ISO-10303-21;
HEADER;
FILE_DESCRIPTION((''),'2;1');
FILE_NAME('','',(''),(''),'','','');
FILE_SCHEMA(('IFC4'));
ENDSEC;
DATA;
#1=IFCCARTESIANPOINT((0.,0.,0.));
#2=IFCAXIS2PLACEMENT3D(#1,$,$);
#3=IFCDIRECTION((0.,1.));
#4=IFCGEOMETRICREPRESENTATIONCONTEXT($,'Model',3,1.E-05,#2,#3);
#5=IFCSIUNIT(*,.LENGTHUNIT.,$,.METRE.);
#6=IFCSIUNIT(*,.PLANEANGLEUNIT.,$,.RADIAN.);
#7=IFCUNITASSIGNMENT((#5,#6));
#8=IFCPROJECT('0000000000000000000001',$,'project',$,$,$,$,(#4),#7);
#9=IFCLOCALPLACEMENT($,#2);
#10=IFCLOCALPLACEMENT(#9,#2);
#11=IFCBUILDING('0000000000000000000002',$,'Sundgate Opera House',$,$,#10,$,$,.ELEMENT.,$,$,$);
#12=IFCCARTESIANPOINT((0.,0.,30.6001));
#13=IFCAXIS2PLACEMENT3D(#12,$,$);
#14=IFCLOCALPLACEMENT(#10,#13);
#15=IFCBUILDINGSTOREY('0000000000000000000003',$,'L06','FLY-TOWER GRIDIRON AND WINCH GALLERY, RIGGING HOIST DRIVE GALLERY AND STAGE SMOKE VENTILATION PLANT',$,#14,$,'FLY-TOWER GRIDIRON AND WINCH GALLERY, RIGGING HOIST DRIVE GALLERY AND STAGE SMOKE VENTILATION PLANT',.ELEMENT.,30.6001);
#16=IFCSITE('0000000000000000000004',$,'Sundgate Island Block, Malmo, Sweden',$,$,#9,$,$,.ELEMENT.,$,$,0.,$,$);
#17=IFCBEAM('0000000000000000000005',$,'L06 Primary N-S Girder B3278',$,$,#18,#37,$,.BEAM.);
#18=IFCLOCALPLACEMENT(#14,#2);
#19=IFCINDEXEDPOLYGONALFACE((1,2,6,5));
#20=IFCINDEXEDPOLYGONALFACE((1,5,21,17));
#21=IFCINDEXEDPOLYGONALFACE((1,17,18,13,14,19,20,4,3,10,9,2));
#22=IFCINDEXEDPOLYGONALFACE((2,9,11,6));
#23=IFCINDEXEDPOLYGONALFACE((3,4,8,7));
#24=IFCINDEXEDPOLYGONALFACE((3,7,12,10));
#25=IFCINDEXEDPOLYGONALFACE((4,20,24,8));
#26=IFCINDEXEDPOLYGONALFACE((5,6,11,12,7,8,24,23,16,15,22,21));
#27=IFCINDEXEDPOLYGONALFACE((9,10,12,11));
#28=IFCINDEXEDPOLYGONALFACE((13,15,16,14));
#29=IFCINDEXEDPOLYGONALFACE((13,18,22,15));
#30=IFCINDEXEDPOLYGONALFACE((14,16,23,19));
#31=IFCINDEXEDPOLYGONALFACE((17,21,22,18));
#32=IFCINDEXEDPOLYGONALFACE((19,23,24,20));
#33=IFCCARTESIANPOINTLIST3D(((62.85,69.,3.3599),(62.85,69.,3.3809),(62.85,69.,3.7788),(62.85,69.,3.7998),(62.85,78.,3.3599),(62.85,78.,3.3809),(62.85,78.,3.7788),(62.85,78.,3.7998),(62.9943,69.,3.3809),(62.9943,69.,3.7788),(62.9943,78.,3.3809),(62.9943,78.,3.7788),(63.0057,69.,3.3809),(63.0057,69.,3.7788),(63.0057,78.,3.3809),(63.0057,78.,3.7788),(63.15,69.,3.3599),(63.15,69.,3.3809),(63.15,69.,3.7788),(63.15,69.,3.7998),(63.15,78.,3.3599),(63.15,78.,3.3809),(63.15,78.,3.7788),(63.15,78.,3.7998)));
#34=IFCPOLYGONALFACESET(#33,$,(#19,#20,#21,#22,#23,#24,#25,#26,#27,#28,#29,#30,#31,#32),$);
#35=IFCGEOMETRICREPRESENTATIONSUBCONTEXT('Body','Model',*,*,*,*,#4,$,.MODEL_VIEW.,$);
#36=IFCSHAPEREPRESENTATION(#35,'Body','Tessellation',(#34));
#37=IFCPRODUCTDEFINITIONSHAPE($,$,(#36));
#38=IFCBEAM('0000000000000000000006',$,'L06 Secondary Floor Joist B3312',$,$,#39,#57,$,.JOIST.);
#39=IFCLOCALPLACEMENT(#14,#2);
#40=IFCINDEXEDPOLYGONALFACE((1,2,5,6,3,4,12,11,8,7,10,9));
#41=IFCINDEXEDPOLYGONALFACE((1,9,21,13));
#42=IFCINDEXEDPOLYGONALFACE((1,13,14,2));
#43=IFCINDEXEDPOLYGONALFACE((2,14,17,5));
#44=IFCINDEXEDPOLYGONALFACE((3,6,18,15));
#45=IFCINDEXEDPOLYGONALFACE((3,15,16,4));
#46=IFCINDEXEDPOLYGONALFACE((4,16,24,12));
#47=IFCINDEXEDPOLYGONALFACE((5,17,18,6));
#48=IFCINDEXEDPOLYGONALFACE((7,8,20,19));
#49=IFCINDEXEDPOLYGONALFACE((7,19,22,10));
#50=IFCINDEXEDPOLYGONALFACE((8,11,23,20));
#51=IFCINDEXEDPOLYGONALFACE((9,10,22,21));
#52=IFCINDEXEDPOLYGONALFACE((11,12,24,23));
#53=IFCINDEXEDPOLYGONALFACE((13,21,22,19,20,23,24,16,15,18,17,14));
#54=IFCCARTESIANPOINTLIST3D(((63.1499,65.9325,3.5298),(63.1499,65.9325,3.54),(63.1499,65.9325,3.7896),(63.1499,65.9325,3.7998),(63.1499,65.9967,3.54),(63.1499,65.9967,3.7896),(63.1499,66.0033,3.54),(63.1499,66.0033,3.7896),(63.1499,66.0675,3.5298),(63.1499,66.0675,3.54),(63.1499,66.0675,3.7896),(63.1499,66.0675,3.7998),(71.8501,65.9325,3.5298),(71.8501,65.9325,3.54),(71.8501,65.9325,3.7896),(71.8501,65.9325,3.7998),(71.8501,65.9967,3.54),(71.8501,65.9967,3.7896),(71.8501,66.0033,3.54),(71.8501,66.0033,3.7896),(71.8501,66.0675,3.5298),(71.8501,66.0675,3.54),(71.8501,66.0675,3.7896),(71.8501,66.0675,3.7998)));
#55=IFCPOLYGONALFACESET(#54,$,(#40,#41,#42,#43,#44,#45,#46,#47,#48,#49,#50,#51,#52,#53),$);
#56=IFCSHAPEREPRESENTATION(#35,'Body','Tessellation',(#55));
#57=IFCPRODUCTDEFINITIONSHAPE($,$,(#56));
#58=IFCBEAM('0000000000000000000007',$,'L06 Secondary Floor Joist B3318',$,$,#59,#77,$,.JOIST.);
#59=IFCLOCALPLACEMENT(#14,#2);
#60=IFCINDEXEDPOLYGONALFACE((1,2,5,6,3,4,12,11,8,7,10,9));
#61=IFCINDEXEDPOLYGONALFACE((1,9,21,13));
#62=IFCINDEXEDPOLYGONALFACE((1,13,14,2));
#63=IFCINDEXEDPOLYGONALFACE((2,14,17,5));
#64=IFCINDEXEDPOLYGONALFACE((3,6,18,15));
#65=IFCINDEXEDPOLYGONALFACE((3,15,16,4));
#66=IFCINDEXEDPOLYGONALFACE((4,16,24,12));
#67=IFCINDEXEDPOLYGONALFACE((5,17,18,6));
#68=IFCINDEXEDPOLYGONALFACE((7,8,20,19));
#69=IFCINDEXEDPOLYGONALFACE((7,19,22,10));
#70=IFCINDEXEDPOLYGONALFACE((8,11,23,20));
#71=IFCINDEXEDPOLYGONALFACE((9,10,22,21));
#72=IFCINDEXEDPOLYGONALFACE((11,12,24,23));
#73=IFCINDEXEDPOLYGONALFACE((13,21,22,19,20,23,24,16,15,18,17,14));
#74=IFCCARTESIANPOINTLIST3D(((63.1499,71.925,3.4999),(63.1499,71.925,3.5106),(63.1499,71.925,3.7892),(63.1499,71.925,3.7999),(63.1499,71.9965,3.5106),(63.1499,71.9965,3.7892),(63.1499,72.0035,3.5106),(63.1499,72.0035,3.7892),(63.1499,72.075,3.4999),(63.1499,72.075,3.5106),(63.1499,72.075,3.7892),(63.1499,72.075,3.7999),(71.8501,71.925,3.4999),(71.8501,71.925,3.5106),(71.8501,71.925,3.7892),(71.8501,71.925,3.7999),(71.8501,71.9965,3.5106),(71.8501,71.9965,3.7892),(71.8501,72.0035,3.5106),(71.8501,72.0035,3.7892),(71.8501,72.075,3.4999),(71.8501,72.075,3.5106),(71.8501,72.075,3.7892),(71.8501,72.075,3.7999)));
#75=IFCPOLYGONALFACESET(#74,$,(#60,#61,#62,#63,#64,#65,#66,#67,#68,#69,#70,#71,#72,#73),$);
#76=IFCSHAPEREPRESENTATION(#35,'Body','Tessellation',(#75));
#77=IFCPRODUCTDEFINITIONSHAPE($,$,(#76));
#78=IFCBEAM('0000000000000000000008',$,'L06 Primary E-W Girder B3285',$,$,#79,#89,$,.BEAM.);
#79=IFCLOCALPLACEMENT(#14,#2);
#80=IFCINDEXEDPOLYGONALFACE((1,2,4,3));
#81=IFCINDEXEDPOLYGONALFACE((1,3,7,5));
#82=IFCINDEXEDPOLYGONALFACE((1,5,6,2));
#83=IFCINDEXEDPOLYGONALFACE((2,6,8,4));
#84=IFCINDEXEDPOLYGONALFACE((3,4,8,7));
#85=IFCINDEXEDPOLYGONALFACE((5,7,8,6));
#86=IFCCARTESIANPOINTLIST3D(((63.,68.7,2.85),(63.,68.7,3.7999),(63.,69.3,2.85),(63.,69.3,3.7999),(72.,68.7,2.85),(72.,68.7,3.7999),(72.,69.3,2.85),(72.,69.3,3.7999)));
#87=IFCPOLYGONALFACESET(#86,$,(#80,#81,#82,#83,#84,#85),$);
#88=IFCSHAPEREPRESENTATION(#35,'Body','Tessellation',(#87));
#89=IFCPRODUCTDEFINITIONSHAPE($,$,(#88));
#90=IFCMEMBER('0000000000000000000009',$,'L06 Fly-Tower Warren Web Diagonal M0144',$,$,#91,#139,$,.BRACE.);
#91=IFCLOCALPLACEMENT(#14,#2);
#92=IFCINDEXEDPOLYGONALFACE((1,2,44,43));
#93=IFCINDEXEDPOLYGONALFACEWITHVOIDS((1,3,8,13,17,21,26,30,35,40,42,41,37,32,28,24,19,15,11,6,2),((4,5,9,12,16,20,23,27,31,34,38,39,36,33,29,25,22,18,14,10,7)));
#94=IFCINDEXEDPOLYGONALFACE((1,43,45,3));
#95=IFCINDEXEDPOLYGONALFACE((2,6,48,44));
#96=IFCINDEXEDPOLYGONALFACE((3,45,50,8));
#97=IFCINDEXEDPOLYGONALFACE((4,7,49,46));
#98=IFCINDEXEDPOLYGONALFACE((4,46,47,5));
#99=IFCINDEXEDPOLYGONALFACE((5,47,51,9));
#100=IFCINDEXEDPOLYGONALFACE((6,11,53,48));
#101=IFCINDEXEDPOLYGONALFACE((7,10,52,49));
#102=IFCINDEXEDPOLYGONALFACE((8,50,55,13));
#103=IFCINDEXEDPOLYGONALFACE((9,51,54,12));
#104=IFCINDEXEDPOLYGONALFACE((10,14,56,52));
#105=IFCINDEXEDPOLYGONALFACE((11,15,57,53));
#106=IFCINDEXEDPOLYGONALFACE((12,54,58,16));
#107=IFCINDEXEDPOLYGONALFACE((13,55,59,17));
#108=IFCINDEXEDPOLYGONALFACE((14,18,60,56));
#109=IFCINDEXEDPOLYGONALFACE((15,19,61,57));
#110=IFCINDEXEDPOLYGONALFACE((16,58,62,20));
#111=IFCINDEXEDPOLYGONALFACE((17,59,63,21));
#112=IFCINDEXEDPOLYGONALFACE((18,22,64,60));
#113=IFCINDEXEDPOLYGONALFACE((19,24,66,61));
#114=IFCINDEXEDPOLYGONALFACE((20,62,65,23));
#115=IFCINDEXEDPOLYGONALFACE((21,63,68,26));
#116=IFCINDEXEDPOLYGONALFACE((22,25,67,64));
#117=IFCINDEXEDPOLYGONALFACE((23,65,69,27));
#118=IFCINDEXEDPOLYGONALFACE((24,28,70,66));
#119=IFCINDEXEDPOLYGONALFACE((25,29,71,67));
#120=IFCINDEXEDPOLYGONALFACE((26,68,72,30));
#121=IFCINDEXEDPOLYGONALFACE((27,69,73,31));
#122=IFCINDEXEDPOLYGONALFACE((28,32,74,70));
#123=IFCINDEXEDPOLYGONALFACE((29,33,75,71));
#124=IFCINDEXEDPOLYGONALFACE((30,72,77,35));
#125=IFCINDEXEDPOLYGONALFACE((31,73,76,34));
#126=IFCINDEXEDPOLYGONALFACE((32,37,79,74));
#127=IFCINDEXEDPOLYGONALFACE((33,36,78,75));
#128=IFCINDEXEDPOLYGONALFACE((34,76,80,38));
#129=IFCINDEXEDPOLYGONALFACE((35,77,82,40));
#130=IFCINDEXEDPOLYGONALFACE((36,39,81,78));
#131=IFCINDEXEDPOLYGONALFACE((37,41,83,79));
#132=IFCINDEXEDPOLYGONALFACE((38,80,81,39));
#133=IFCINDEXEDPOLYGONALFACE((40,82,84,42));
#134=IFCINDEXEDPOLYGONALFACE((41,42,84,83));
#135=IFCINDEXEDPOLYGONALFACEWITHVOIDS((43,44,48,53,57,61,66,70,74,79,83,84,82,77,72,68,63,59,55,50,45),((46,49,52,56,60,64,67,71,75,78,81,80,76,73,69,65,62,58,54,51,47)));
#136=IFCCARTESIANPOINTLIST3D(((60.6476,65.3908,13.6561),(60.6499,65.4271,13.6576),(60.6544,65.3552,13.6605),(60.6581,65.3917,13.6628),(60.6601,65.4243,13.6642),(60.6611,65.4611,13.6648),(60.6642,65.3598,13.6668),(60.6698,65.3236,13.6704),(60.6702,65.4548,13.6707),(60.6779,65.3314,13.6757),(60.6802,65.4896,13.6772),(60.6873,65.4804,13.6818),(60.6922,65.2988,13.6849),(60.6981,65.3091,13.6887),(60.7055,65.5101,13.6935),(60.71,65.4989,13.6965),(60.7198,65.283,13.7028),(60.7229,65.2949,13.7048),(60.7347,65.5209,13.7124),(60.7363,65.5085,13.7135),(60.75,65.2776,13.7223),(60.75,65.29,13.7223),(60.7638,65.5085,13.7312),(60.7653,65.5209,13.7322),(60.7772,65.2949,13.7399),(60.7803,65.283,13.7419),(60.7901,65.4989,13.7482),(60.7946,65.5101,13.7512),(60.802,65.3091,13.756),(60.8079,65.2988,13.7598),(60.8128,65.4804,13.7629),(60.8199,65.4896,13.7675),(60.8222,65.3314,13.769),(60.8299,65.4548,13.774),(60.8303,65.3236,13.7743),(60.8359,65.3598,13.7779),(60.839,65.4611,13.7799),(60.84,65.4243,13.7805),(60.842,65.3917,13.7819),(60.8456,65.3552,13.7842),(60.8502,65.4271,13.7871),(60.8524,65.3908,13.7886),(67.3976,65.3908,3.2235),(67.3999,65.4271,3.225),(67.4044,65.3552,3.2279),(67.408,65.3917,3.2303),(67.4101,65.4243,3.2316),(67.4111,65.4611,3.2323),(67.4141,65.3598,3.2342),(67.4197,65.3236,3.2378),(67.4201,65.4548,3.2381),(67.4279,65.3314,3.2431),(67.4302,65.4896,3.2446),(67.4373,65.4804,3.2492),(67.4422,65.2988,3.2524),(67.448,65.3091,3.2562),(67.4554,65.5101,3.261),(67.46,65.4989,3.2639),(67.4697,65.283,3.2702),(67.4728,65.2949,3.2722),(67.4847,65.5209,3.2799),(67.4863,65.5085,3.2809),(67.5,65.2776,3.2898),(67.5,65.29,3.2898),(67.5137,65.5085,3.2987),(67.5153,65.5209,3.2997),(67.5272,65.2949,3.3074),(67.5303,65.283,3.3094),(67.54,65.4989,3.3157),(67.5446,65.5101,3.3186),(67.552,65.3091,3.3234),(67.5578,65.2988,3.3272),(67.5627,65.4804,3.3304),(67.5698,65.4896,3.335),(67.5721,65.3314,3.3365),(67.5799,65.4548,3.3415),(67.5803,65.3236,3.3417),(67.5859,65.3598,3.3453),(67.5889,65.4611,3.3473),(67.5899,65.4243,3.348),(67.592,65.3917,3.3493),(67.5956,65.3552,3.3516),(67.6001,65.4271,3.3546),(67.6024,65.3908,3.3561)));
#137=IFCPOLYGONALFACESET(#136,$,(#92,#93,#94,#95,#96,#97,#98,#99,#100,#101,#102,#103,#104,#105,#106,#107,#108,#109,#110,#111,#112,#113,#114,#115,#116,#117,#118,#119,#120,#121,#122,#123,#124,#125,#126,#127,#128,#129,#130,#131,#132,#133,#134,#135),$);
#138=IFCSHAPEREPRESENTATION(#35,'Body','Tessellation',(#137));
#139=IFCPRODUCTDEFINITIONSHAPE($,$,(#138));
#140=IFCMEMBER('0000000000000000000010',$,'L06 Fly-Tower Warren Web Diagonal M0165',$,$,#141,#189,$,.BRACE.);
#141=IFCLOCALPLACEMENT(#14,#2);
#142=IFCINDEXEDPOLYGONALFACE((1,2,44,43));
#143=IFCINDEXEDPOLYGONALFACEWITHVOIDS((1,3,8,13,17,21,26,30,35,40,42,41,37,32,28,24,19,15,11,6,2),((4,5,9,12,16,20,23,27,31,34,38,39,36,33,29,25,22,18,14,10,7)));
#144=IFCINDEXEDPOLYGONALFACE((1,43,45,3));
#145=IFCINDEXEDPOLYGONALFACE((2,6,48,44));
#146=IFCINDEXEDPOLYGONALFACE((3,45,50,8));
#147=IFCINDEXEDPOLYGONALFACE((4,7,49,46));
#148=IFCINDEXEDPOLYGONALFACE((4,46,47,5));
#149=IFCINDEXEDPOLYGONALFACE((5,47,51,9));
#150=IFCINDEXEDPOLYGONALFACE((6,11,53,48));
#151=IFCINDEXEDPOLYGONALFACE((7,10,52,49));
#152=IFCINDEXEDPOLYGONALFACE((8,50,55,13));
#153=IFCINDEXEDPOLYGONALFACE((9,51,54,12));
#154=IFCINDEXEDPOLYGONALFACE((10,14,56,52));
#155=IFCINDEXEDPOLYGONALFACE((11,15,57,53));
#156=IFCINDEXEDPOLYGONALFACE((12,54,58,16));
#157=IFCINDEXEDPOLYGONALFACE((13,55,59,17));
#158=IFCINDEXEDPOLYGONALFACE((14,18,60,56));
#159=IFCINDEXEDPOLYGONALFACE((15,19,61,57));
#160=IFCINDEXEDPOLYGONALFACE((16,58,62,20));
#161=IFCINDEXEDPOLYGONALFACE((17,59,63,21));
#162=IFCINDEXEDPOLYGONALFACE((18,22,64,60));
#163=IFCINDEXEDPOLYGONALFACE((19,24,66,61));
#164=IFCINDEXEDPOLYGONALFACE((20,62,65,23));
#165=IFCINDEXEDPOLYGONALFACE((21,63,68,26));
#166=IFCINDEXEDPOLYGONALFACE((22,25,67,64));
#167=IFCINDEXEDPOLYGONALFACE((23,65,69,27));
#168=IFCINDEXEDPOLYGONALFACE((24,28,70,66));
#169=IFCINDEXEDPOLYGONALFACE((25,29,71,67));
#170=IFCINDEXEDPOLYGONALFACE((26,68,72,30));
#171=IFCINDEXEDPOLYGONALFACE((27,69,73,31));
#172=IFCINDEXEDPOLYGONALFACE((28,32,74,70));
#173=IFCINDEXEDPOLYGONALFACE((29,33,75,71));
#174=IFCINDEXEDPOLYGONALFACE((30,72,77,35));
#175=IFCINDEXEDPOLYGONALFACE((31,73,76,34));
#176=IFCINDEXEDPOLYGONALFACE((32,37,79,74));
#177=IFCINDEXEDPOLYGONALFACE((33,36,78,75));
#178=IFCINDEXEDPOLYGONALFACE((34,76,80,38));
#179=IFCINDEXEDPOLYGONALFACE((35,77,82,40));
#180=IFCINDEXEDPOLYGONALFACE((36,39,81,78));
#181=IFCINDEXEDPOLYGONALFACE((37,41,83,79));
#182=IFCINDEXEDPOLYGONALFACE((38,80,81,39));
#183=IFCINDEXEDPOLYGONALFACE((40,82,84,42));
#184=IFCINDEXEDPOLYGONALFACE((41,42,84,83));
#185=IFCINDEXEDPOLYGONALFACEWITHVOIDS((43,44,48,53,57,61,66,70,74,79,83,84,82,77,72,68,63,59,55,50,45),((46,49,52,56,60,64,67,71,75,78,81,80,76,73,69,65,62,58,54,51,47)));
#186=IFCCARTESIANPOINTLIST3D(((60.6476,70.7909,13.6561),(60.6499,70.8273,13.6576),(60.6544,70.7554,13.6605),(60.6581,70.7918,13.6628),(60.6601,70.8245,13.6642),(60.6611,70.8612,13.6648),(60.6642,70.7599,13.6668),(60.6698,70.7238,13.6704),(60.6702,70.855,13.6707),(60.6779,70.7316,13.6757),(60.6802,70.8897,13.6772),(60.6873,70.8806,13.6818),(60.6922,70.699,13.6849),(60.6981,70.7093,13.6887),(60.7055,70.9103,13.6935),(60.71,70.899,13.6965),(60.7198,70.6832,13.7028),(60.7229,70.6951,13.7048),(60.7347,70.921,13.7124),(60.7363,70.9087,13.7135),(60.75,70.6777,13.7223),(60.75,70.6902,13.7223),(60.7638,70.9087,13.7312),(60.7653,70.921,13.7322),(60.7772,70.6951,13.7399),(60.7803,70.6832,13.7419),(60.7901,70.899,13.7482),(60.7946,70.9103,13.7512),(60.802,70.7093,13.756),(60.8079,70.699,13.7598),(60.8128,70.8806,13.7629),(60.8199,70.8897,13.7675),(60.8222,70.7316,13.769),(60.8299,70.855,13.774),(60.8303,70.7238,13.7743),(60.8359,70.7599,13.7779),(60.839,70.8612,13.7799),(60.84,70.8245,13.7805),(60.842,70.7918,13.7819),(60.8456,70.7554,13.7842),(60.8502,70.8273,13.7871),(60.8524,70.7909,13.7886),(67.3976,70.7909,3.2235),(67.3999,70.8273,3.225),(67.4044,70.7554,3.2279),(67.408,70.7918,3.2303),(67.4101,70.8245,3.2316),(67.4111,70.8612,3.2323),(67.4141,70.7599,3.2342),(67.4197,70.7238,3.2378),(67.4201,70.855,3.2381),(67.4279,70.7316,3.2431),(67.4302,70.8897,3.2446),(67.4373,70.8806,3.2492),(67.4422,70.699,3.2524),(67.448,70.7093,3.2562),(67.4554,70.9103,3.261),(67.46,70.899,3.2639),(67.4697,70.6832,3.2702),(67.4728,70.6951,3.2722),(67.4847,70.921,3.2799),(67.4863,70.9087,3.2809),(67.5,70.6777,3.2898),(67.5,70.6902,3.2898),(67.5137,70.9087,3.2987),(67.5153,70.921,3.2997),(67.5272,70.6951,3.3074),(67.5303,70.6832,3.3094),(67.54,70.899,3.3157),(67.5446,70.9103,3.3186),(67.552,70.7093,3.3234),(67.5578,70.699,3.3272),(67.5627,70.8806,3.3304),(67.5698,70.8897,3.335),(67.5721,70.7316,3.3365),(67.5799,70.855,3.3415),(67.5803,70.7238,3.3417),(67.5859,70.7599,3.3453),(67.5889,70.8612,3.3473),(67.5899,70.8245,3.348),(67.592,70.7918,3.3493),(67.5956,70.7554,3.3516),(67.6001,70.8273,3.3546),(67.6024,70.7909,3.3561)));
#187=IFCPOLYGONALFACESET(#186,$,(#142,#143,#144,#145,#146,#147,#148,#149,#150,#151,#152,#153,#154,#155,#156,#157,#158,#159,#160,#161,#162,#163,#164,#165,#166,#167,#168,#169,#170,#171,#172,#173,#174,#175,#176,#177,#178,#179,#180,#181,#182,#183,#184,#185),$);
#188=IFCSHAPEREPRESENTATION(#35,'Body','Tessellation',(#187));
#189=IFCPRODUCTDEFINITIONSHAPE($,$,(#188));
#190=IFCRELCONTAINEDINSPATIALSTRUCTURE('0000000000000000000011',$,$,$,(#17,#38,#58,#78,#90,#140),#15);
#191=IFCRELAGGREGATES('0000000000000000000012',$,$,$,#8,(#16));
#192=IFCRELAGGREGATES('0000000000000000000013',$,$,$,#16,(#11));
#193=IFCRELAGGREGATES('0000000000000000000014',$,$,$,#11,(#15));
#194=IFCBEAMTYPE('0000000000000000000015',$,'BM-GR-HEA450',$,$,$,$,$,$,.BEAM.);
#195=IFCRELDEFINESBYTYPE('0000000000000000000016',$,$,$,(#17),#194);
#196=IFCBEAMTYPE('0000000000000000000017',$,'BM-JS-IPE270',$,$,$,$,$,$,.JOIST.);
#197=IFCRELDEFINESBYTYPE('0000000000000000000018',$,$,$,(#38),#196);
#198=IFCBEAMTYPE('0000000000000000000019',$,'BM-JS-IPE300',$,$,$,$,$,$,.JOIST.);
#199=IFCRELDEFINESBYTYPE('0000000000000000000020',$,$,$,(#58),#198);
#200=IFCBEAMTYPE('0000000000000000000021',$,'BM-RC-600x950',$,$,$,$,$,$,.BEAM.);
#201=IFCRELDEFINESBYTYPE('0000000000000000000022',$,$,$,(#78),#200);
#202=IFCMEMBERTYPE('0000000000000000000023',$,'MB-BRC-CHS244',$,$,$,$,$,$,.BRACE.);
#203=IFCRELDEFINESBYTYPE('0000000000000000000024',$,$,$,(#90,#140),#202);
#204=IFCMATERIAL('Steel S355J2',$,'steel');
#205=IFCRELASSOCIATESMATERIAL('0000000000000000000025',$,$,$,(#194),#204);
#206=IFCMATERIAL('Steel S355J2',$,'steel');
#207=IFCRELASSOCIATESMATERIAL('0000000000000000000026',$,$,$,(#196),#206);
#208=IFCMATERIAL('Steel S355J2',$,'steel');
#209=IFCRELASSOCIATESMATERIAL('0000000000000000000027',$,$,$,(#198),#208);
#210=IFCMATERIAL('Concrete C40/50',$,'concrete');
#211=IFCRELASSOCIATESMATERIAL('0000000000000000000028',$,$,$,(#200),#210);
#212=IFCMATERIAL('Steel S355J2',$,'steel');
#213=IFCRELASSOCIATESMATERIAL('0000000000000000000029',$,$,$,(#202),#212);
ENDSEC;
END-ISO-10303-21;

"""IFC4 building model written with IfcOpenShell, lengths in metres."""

from ifc_helpers import new_model, si_unit, direction, frame, origin, origin_2d, place, context, subcontext, project, spatial, rectangle, hollow_circle, i_section, extrude, material, material_profile, profile_set, type_object, element, save


model = new_model("IFC4")

# Units and contexts
model_context = context("Model", 3, precision=1e-05, world=origin(), true_north=direction((0.0, 1.0)))
body_context = subcontext(model_context, "Body", "Model", "MODEL_VIEW")
ifc_project = project(units=[si_unit("LENGTHUNIT", "METRE"), si_unit("PLANEANGLEUNIT", "RADIAN")], contexts=[model_context])

# Site, building, storey
site_placement = place(None, origin())
site = spatial("IfcSite", under=ifc_project, at=site_placement, Name="Sundgate Island Block, Malmo, Sweden", CompositionType="ELEMENT", RefElevation=0.0)
building_placement = place(site_placement, origin())
building = spatial("IfcBuilding", under=site, at=building_placement, Name="Sundgate Opera House", CompositionType="ELEMENT")
storey_placement = place(building_placement, frame((0.0, 0.0, 30.6001)))
storey = spatial("IfcBuildingStorey", under=building, at=storey_placement, Name="L06", Description="FLY-TOWER GRIDIRON AND WINCH GALLERY, RIGGING HOIST DRIVE GALLERY AND STAGE SMOKE VENTILATION PLANT", LongName="FLY-TOWER GRIDIRON AND WINCH GALLERY, RIGGING HOIST DRIVE GALLERY AND STAGE SMOKE VENTILATION PLANT", CompositionType="ELEMENT", Elevation=30.6001)

# Beams
ifc_material_1 = material(Name="Steel S355J2", Category="steel")
ifc_material_profile_1 = material_profile(ifc_material_1, i_section(OverallWidth=0.3, OverallDepth=0.4399, WebThickness=0.0115, FlangeThickness=0.021, at=origin_2d()), Name="HEA 450")
ifc_profile_set_1 = profile_set([ifc_material_profile_1], Name="Steel S355J2")
beam_type_1 = type_object("IfcBeamType", Name="BM-GR-HEA450", PredefinedType="BEAM", material=ifc_profile_set_1)
beam_1_placement = place(storey_placement, frame((63.0, 69.0, 3.5798), z_axis=(0.0, 1.0, 0.0), x_axis=(-1.0, 0.0, 0.0)))
element("IfcBeam", 1, at=beam_1_placement, inside=storey, type_object=beam_type_1, Name="L06 Primary N-S Girder B3278", PredefinedType="BEAM", context=body_context, shape_type="SweptSolid", body=[
    extrude(i_section(OverallWidth=0.3, OverallDepth=0.4399, WebThickness=0.0115, FlangeThickness=0.021, at=origin_2d()), origin(), (0.0, 0.0, 1.0), 9.0),
])
ifc_material_2 = material(Name="Steel S355J2", Category="steel")
ifc_material_profile_2 = material_profile(ifc_material_2, i_section(OverallWidth=0.135, OverallDepth=0.27, WebThickness=0.0066, FlangeThickness=0.0103, at=origin_2d()), Name="IPE 270")
ifc_profile_set_2 = profile_set([ifc_material_profile_2], Name="Steel S355J2")
beam_type_2 = type_object("IfcBeamType", Name="BM-JS-IPE270", PredefinedType="JOIST", material=ifc_profile_set_2)
beam_2_placement = place(storey_placement, frame((63.1499, 66.0, 3.6648), z_axis=(1.0, 0.0, 0.0), x_axis=(0.0, 1.0, 0.0)))
element("IfcBeam", 2, at=beam_2_placement, inside=storey, type_object=beam_type_2, Name="L06 Secondary Floor Joist B3312", PredefinedType="JOIST", context=body_context, shape_type="SweptSolid", body=[
    extrude(i_section(OverallWidth=0.135, OverallDepth=0.27, WebThickness=0.0066, FlangeThickness=0.0103, at=origin_2d()), origin(), (0.0, 0.0, 1.0), 8.7002),
])
ifc_material_3 = material(Name="Steel S355J2", Category="steel")
ifc_material_profile_3 = material_profile(ifc_material_3, i_section(OverallWidth=0.1499, OverallDepth=0.3, WebThickness=0.0071, FlangeThickness=0.0107, at=origin_2d()), Name="IPE 300")
ifc_profile_set_3 = profile_set([ifc_material_profile_3], Name="Steel S355J2")
beam_type_3 = type_object("IfcBeamType", Name="BM-JS-IPE300", PredefinedType="JOIST", material=ifc_profile_set_3)
beam_3_placement = place(storey_placement, frame((63.1499, 72.0, 3.6499), z_axis=(1.0, 0.0, 0.0), x_axis=(0.0, 1.0, 0.0)))
element("IfcBeam", 3, at=beam_3_placement, inside=storey, type_object=beam_type_3, Name="L06 Secondary Floor Joist B3318", PredefinedType="JOIST", context=body_context, shape_type="SweptSolid", body=[
    extrude(i_section(OverallWidth=0.1499, OverallDepth=0.3, WebThickness=0.0071, FlangeThickness=0.0107, at=origin_2d()), origin(), (0.0, 0.0, 1.0), 8.7002),
])
ifc_material_4 = material(Name="Concrete C40/50", Category="concrete")
ifc_material_profile_4 = material_profile(ifc_material_4, rectangle(XDim=0.6001, YDim=0.95, at=origin_2d()), Name="RC 600x950")
ifc_profile_set_4 = profile_set([ifc_material_profile_4], Name="Concrete C40/50")
beam_type_4 = type_object("IfcBeamType", Name="BM-RC-600x950", PredefinedType="BEAM", material=ifc_profile_set_4)
beam_4_placement = place(storey_placement, frame((63.0, 69.0, 3.325), z_axis=(1.0, 0.0, 0.0), x_axis=(0.0, 1.0, 0.0)))
element("IfcBeam", 4, at=beam_4_placement, inside=storey, type_object=beam_type_4, Name="L06 Primary E-W Girder B3285", PredefinedType="BEAM", context=body_context, shape_type="SweptSolid", body=[
    extrude(rectangle(XDim=0.6001, YDim=0.95, at=origin_2d()), origin(), (0.0, 0.0, 1.0), 9.0),
])

# Members
ifc_material_5 = material(Name="Steel S355J2", Category="steel")
ifc_material_profile_5 = material_profile(ifc_material_5, hollow_circle(Radius=0.1223, WallThickness=0.0125, at=origin_2d()), Name="CHS 244.5x12.5")
ifc_profile_set_5 = profile_set([ifc_material_profile_5], Name="Steel S355J2")
member_type_1 = type_object("IfcMemberType", Name="MB-BRC-CHS244", PredefinedType="BRACE", material=ifc_profile_set_5)
for number, where, z_axis, x_axis, name in (
    (5, (67.5, 65.3999, 3.2898), (-0.543222, 0.0, 0.839589), (0.0, -1.0, 0.0), "L06 Fly-Tower Warren Web Diagonal M0144"),
    (6, (67.5, 70.8, 3.2898), (-0.543222, 0.0, 0.839589), (0.0, -1.0, 0.0), "L06 Fly-Tower Warren Web Diagonal M0165"),
):
    element("IfcMember", number, at=place(storey_placement, frame(where, z_axis=z_axis, x_axis=x_axis)), inside=storey, type_object=member_type_1, Name=name, PredefinedType="BRACE", context=body_context, shape_type="SweptSolid", body=[
        extrude(hollow_circle(Radius=0.1223, WallThickness=0.0125, at=origin_2d()), origin(), (0.0, 0.0, 1.0), 12.4258),
    ])

save(model, "model.ifc")
